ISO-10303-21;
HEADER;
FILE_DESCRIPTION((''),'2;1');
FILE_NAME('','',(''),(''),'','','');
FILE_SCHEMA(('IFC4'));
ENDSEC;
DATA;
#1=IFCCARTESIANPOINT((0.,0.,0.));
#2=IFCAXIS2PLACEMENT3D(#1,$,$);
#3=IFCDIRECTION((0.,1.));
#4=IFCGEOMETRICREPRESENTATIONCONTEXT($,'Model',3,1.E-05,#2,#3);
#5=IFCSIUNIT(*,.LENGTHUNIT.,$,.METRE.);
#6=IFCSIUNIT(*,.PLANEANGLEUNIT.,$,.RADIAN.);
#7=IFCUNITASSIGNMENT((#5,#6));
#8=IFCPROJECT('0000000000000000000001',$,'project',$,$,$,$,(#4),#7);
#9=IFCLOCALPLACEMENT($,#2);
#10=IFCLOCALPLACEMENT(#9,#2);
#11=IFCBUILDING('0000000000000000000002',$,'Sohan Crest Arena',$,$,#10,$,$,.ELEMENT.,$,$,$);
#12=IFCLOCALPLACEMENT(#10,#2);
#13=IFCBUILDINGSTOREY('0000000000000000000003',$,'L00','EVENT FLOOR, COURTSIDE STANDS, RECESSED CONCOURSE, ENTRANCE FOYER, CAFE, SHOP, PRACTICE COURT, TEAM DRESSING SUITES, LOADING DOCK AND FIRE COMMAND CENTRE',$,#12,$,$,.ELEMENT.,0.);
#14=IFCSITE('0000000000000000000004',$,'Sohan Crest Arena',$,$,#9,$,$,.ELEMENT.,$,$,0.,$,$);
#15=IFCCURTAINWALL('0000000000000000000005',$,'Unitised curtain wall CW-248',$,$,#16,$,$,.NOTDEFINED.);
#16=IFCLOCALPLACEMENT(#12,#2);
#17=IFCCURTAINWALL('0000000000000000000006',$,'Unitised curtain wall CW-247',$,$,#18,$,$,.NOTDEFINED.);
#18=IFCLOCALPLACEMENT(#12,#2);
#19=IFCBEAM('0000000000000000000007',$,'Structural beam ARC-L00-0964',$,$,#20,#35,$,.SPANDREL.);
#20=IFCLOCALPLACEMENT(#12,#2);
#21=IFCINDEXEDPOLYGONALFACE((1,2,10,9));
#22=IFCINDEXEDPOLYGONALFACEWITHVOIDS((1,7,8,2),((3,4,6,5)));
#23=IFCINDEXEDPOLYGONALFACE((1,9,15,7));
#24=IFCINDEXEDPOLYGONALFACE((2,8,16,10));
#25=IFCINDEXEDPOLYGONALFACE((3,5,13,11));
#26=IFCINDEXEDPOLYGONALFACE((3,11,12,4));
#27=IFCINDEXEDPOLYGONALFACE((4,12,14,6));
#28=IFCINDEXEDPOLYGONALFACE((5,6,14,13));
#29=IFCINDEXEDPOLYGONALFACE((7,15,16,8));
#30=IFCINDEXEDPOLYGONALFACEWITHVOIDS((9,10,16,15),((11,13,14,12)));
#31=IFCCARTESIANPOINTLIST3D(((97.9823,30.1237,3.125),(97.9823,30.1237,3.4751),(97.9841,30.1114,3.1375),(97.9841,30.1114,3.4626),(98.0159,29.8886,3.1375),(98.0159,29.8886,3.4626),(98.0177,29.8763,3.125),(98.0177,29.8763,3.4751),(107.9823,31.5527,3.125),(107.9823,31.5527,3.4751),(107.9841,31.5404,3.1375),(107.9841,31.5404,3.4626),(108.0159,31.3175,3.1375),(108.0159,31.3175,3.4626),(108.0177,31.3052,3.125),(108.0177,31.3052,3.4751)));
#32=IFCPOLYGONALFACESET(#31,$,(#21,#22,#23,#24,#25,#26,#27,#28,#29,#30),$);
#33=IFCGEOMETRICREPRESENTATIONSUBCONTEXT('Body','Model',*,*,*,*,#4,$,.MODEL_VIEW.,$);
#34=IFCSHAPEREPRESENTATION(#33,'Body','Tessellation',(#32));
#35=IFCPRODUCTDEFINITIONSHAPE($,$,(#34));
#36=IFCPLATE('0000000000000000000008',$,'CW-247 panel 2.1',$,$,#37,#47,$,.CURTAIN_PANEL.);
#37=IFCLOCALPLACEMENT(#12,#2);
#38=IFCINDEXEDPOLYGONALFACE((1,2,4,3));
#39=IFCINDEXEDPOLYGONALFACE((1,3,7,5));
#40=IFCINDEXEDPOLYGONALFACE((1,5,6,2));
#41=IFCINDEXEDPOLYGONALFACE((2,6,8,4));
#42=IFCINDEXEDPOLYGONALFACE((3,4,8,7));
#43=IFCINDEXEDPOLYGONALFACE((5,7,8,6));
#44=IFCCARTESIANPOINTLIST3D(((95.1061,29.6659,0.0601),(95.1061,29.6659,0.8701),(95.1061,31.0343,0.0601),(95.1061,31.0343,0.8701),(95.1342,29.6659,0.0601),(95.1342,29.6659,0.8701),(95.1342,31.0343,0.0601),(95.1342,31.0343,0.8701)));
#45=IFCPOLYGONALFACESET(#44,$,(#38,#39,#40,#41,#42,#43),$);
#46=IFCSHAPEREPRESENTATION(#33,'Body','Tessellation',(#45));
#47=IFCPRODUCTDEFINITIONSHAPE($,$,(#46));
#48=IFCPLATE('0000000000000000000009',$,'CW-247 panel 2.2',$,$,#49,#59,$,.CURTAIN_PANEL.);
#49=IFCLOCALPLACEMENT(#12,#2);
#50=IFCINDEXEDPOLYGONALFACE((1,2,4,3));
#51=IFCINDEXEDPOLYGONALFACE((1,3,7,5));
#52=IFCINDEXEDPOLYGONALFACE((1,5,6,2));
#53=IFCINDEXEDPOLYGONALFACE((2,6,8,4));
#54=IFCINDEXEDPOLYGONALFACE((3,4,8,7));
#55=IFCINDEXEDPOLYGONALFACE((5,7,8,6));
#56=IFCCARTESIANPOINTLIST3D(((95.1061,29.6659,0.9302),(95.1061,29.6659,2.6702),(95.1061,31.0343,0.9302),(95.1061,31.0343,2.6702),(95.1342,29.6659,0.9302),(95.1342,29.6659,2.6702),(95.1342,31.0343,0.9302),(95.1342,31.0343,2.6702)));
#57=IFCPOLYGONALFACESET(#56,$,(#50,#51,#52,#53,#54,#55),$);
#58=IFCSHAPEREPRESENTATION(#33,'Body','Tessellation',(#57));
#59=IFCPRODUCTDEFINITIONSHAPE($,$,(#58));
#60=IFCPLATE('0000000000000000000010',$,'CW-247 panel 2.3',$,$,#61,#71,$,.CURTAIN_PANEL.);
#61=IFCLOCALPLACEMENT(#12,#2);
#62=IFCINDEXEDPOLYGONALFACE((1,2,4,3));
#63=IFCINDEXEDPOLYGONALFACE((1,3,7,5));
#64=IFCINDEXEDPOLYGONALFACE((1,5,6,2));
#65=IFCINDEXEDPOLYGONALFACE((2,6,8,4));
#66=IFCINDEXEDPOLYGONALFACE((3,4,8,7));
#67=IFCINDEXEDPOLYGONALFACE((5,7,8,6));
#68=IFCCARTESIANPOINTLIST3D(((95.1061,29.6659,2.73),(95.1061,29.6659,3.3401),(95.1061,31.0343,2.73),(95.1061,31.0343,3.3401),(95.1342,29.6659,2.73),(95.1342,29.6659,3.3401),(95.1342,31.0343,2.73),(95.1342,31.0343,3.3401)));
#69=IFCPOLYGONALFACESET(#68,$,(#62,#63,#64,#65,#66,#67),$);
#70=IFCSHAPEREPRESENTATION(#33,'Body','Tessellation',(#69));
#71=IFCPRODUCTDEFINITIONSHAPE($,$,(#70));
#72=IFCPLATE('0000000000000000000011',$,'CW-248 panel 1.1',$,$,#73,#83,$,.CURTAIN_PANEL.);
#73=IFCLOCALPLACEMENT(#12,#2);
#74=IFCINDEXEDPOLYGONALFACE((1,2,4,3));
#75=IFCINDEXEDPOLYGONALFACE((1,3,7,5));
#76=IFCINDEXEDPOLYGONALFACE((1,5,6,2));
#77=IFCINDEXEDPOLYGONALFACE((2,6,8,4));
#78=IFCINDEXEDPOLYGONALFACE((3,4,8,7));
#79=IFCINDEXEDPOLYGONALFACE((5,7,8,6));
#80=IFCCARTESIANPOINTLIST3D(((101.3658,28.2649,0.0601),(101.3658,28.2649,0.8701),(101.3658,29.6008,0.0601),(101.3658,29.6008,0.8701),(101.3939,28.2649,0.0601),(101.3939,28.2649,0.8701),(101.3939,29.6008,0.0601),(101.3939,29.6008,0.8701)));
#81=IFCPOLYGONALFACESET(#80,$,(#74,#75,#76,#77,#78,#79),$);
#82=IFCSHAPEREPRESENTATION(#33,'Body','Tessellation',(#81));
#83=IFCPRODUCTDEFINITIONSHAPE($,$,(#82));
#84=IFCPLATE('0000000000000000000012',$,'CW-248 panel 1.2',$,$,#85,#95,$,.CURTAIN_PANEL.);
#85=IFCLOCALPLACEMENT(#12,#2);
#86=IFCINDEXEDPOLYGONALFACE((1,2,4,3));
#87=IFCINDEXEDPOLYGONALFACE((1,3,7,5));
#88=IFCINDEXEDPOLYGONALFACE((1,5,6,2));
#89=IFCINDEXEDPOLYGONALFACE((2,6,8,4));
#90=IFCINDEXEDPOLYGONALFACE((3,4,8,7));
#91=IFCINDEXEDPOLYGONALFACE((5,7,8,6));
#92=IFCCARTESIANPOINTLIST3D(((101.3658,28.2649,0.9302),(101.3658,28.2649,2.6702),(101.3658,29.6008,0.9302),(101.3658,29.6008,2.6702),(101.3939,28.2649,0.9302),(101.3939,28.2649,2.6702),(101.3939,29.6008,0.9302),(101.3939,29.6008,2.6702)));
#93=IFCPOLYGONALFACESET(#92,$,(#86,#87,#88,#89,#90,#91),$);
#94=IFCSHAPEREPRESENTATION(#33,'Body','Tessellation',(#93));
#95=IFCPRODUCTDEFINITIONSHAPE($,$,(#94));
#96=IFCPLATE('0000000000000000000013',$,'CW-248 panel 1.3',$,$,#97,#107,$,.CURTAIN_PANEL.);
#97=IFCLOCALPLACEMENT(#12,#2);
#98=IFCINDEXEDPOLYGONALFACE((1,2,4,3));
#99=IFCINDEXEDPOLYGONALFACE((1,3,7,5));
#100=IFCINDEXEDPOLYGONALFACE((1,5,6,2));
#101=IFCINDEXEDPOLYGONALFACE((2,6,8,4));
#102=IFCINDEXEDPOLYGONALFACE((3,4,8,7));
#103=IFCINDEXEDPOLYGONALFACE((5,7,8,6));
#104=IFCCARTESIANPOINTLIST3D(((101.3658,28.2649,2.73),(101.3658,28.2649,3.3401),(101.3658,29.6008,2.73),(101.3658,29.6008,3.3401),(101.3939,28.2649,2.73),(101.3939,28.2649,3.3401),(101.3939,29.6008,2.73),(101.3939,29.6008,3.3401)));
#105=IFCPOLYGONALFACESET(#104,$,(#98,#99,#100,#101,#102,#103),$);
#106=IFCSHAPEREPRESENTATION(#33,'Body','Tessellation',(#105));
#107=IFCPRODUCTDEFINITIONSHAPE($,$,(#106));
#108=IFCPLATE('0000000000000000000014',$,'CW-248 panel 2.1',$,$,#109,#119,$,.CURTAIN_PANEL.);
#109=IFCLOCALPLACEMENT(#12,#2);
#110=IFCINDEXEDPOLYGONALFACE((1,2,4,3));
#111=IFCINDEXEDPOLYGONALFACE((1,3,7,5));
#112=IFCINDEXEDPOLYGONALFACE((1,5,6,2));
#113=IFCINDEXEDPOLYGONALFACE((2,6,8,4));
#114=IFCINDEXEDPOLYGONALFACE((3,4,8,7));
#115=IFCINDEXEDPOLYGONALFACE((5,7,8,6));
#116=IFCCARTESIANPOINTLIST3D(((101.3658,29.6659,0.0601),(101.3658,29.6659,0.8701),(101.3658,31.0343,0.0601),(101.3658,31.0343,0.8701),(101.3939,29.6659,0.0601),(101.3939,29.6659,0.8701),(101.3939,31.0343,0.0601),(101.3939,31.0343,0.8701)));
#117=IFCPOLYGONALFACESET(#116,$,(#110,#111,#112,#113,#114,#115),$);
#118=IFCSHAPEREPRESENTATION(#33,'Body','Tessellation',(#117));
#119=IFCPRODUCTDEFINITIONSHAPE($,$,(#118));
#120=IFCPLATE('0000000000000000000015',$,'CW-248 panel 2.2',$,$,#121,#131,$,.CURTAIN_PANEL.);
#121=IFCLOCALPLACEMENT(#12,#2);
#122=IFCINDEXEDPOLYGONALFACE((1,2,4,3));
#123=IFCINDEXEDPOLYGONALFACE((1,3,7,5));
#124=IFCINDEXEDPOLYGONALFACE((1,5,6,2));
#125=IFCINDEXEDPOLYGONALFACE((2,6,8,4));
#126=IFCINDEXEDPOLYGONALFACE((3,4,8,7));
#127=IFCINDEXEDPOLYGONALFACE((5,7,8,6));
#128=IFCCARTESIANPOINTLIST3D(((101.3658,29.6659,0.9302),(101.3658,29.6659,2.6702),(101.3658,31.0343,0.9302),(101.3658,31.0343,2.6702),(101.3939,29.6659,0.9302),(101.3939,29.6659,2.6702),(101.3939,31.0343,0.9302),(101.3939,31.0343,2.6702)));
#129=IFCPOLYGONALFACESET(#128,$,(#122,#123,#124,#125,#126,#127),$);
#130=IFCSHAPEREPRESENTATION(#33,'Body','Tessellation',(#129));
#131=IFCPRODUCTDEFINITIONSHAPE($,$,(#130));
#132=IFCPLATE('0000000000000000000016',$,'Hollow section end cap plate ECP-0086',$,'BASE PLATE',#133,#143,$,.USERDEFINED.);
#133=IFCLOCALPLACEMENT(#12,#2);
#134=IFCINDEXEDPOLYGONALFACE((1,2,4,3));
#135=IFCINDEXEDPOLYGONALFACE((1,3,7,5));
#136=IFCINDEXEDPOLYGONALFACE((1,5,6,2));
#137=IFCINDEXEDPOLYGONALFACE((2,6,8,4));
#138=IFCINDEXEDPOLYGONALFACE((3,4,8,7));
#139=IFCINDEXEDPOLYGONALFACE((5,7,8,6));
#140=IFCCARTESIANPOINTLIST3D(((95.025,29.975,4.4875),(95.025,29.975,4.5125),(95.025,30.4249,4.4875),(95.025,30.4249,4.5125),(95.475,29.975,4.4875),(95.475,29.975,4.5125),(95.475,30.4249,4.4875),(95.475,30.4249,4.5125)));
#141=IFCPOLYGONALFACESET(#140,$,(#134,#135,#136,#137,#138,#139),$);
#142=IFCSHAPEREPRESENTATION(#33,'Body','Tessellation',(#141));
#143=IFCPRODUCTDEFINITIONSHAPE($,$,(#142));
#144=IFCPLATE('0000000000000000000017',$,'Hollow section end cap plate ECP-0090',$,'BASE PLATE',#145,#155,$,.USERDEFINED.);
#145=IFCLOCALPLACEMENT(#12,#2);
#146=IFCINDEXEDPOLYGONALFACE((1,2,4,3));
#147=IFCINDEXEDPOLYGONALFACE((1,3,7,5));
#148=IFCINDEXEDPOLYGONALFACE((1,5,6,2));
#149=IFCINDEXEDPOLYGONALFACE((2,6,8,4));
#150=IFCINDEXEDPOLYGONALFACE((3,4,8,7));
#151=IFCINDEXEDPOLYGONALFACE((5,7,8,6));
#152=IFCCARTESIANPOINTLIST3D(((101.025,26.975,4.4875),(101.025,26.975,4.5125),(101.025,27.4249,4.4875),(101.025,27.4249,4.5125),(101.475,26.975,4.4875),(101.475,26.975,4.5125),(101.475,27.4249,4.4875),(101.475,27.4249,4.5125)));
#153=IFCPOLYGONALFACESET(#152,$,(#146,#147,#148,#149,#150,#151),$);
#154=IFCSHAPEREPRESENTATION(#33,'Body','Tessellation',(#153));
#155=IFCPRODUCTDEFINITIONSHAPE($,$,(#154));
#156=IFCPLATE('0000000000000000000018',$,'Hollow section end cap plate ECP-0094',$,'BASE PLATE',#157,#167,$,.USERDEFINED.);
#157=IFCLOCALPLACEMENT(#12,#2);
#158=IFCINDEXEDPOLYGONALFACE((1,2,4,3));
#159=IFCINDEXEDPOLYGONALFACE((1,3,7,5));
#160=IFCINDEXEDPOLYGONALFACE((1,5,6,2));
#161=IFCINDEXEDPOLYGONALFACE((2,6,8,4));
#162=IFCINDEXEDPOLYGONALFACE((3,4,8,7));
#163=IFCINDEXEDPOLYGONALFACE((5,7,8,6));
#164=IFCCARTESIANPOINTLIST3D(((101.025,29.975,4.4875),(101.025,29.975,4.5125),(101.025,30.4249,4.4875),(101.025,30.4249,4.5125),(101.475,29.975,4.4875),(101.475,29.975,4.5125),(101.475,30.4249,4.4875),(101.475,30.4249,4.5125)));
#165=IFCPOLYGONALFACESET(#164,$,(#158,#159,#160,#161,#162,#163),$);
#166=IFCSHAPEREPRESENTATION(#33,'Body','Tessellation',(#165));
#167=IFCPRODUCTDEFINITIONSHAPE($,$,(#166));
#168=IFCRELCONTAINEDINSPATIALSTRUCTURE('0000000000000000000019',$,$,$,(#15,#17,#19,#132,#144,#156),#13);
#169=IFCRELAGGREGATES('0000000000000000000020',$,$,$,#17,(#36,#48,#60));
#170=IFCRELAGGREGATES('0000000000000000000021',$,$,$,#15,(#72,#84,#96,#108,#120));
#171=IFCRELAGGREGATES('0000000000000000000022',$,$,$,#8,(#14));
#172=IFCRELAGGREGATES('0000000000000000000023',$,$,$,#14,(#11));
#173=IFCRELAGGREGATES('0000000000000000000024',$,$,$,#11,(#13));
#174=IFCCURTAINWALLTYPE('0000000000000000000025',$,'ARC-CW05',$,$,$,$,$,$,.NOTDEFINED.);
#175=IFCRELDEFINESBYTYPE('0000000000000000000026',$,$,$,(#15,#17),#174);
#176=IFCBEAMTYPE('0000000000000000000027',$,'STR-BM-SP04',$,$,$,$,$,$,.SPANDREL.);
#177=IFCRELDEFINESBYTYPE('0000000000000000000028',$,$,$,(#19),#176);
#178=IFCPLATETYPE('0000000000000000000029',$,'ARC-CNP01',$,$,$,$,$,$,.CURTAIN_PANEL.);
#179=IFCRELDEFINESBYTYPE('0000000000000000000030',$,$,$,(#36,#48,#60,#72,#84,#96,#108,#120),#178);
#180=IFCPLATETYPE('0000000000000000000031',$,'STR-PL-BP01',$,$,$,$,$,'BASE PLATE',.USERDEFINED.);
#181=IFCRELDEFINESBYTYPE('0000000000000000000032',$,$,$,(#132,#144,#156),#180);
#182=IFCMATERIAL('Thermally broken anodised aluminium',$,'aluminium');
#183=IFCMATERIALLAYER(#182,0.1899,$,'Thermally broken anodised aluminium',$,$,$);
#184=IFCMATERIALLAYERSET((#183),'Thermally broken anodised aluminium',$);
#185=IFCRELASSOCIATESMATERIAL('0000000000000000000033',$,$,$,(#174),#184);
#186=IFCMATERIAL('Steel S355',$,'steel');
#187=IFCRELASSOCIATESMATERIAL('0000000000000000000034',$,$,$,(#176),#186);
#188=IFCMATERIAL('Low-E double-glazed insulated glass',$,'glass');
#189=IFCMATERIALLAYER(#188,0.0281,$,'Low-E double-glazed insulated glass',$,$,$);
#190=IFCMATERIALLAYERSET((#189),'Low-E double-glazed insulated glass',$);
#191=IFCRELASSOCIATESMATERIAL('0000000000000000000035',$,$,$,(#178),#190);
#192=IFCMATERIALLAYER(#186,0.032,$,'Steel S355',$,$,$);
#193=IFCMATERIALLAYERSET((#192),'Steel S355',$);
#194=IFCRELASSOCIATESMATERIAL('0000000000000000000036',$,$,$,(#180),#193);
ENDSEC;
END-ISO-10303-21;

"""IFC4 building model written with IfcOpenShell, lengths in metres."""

from ifc_helpers import new_model, si_unit, direction, frame, origin, origin_2d, place, context, subcontext, project, spatial, rectangle, hollow_rectangle, extrude, material, layer, layer_set, material_profile, profile_set, type_object, element, aggregate, save


model = new_model("IFC4")

# Units and contexts
model_context = context("Model", 3, precision=1e-05, world=origin(), true_north=direction((0.0, 1.0)))
body_context = subcontext(model_context, "Body", "Model", "MODEL_VIEW")
ifc_project = project(units=[si_unit("LENGTHUNIT", "METRE"), si_unit("PLANEANGLEUNIT", "RADIAN")], contexts=[model_context])

# Site, building, storey
site_placement = place(None, origin())
site = spatial("IfcSite", under=ifc_project, at=site_placement, Name="Sohan Crest Arena", CompositionType="ELEMENT", RefElevation=0.0)
building_placement = place(site_placement, origin())
building = spatial("IfcBuilding", under=site, at=building_placement, Name="Sohan Crest Arena", CompositionType="ELEMENT")
storey_placement = place(building_placement, origin())
storey = spatial("IfcBuildingStorey", under=building, at=storey_placement, Name="L00", Description="EVENT FLOOR, COURTSIDE STANDS, RECESSED CONCOURSE, ENTRANCE FOYER, CAFE, SHOP, PRACTICE COURT, TEAM DRESSING SUITES, LOADING DOCK AND FIRE COMMAND CENTRE", CompositionType="ELEMENT", Elevation=0.0)

# Shared definitions
ifc_material_1 = material(Name="Steel S355", Category="steel")

# Curtain wall
ifc_material_2 = material(Name="Thermally broken anodised aluminium", Category="aluminium")
ifc_layer_1 = layer(ifc_material_2, 0.1899, Name="Thermally broken anodised aluminium")
ifc_layer_set_1 = layer_set([ifc_layer_1], Name="Thermally broken anodised aluminium")
curtain_wall_type = type_object("IfcCurtainWallType", Name="ARC-CW05", PredefinedType="NOTDEFINED", material=ifc_layer_set_1)
curtain_wall_1_placement = place(storey_placement, origin())
curtain_wall_1 = element("IfcCurtainWall", 1, at=curtain_wall_1_placement, inside=storey, type_object=curtain_wall_type, Name="Unitised curtain wall CW-248", PredefinedType="NOTDEFINED")

# Curtain wall
curtain_wall_2_placement = place(storey_placement, origin())
curtain_wall_2 = element("IfcCurtainWall", 2, at=curtain_wall_2_placement, inside=storey, type_object=curtain_wall_type, Name="Unitised curtain wall CW-247", PredefinedType="NOTDEFINED")

# Beam
ifc_material_profile_1 = material_profile(ifc_material_1, hollow_rectangle(XDim=0.25, YDim=0.3501, WallThickness=0.0125, at=origin_2d()), Name="RHS 350x250x12.5")
ifc_profile_set_1 = profile_set([ifc_material_profile_1], Name="Steel S355")
beam_type_1 = type_object("IfcBeamType", Name="STR-BM-SP04", PredefinedType="SPANDREL", material=ifc_profile_set_1)
beam_1_placement = place(storey_placement, frame((98.0, 30.0, 3.3), z_axis=(0.989944, 0.141459, 0.0), x_axis=(-0.141459, 0.989944, 0.0)))
element("IfcBeam", 3, at=beam_1_placement, inside=storey, type_object=beam_type_1, Name="Structural beam ARC-L00-0964", PredefinedType="SPANDREL", context=body_context, shape_type="SweptSolid", body=[
    extrude(hollow_rectangle(XDim=0.25, YDim=0.3501, WallThickness=0.0125, at=origin_2d()), origin(), (0.0, 0.0, 1.0), 10.1016),
])

# Plates
ifc_material_3 = material(Name="Low-E double-glazed insulated glass", Category="glass")
ifc_layer_2 = layer(ifc_material_3, 0.0281, Name="Low-E double-glazed insulated glass")
ifc_layer_set_2 = layer_set([ifc_layer_2], Name="Low-E double-glazed insulated glass")
plate_type_1 = type_object("IfcPlateType", Name="ARC-CNP01", PredefinedType="CURTAIN_PANEL", material=ifc_layer_set_2)
plate_1_placement = place(storey_placement, frame((95.1201, 30.3501, 0.0601), z_axis=(0.0, 0.0, 1.0), x_axis=(0.0, 1.0, 0.0)))
plate_1 = element("IfcPlate", 4, at=plate_1_placement, type_object=plate_type_1, Name="CW-247 panel 2.1", PredefinedType="CURTAIN_PANEL", context=body_context, shape_type="SweptSolid", body=[
    extrude(rectangle(XDim=1.3684, YDim=0.0281, at=origin_2d()), origin(), (0.0, 0.0, 1.0), 0.8101),
])
plate_2_placement = place(storey_placement, frame((95.1201, 30.3501, 0.9302), z_axis=(0.0, 0.0, 1.0), x_axis=(0.0, 1.0, 0.0)))
plate_2 = element("IfcPlate", 5, at=plate_2_placement, type_object=plate_type_1, Name="CW-247 panel 2.2", PredefinedType="CURTAIN_PANEL", context=body_context, shape_type="SweptSolid", body=[
    extrude(rectangle(XDim=1.3684, YDim=0.0281, at=origin_2d()), origin(), (0.0, 0.0, 1.0), 1.74),
])
plate_3_placement = place(storey_placement, frame((95.1201, 30.3501, 2.73), z_axis=(0.0, 0.0, 1.0), x_axis=(0.0, 1.0, 0.0)))
plate_3 = element("IfcPlate", 6, at=plate_3_placement, type_object=plate_type_1, Name="CW-247 panel 2.3", PredefinedType="CURTAIN_PANEL", context=body_context, shape_type="SweptSolid", body=[
    extrude(rectangle(XDim=1.3684, YDim=0.0281, at=origin_2d()), origin(), (0.0, 0.0, 1.0), 0.6101),
])
aggregate(curtain_wall_2, [plate_1, plate_2, plate_3])
plate_4_placement = place(storey_placement, frame((101.3799, 28.9329, 0.0601), z_axis=(0.0, 0.0, 1.0), x_axis=(0.0, 1.0, 0.0)))
plate_4 = element("IfcPlate", 7, at=plate_4_placement, type_object=plate_type_1, Name="CW-248 panel 1.1", PredefinedType="CURTAIN_PANEL", context=body_context, shape_type="SweptSolid", body=[
    extrude(rectangle(XDim=1.3359, YDim=0.0281, at=origin_2d()), origin(), (0.0, 0.0, 1.0), 0.8101),
])
plate_5_placement = place(storey_placement, frame((101.3799, 28.9329, 0.9302), z_axis=(0.0, 0.0, 1.0), x_axis=(0.0, 1.0, 0.0)))
plate_5 = element("IfcPlate", 8, at=plate_5_placement, type_object=plate_type_1, Name="CW-248 panel 1.2", PredefinedType="CURTAIN_PANEL", context=body_context, shape_type="SweptSolid", body=[
    extrude(rectangle(XDim=1.3359, YDim=0.0281, at=origin_2d()), origin(), (0.0, 0.0, 1.0), 1.74),
])
plate_6_placement = place(storey_placement, frame((101.3799, 28.9329, 2.73), z_axis=(0.0, 0.0, 1.0), x_axis=(0.0, 1.0, 0.0)))
plate_6 = element("IfcPlate", 9, at=plate_6_placement, type_object=plate_type_1, Name="CW-248 panel 1.3", PredefinedType="CURTAIN_PANEL", context=body_context, shape_type="SweptSolid", body=[
    extrude(rectangle(XDim=1.3359, YDim=0.0281, at=origin_2d()), origin(), (0.0, 0.0, 1.0), 0.6101),
])
plate_7_placement = place(storey_placement, frame((101.3799, 30.3501, 0.0601), z_axis=(0.0, 0.0, 1.0), x_axis=(0.0, 1.0, 0.0)))
plate_7 = element("IfcPlate", 10, at=plate_7_placement, type_object=plate_type_1, Name="CW-248 panel 2.1", PredefinedType="CURTAIN_PANEL", context=body_context, shape_type="SweptSolid", body=[
    extrude(rectangle(XDim=1.3684, YDim=0.0281, at=origin_2d()), origin(), (0.0, 0.0, 1.0), 0.8101),
])
plate_8_placement = place(storey_placement, frame((101.3799, 30.3501, 0.9302), z_axis=(0.0, 0.0, 1.0), x_axis=(0.0, 1.0, 0.0)))
plate_8 = element("IfcPlate", 11, at=plate_8_placement, type_object=plate_type_1, Name="CW-248 panel 2.2", PredefinedType="CURTAIN_PANEL", context=body_context, shape_type="SweptSolid", body=[
    extrude(rectangle(XDim=1.3684, YDim=0.0281, at=origin_2d()), origin(), (0.0, 0.0, 1.0), 1.74),
])
aggregate(curtain_wall_1, [plate_4, plate_5, plate_6, plate_7, plate_8])

# Plates
ifc_layer_3 = layer(ifc_material_1, 0.032, Name="Steel S355")
ifc_layer_set_3 = layer_set([ifc_layer_3], Name="Steel S355")
plate_type_2 = type_object("IfcPlateType", Name="STR-PL-BP01", ElementType="BASE PLATE", PredefinedType="USERDEFINED", material=ifc_layer_set_3)
for number, where, z_axis, x_axis, name in (
    (12, (95.25, 30.2, 4.4875), (0.0, 0.0, 1.0), (1.0, 0.0, 0.0), "Hollow section end cap plate ECP-0086"),
    (13, (101.25, 27.2, 4.4875), (0.0, 0.0, 1.0), (1.0, 0.0, 0.0), "Hollow section end cap plate ECP-0090"),
    (14, (101.25, 30.2, 4.4875), (0.0, 0.0, 1.0), (1.0, 0.0, 0.0), "Hollow section end cap plate ECP-0094"),
):
    element("IfcPlate", number, at=place(storey_placement, frame(where, z_axis=z_axis, x_axis=x_axis)), inside=storey, type_object=plate_type_2, Name=name, ObjectType="BASE PLATE", PredefinedType="USERDEFINED", context=body_context, shape_type="SweptSolid", body=[
        extrude(rectangle(XDim=0.45, YDim=0.45, at=origin_2d()), origin(), (0.0, 0.0, 1.0), 0.0249),
    ])

save(model, "model.ifc")
